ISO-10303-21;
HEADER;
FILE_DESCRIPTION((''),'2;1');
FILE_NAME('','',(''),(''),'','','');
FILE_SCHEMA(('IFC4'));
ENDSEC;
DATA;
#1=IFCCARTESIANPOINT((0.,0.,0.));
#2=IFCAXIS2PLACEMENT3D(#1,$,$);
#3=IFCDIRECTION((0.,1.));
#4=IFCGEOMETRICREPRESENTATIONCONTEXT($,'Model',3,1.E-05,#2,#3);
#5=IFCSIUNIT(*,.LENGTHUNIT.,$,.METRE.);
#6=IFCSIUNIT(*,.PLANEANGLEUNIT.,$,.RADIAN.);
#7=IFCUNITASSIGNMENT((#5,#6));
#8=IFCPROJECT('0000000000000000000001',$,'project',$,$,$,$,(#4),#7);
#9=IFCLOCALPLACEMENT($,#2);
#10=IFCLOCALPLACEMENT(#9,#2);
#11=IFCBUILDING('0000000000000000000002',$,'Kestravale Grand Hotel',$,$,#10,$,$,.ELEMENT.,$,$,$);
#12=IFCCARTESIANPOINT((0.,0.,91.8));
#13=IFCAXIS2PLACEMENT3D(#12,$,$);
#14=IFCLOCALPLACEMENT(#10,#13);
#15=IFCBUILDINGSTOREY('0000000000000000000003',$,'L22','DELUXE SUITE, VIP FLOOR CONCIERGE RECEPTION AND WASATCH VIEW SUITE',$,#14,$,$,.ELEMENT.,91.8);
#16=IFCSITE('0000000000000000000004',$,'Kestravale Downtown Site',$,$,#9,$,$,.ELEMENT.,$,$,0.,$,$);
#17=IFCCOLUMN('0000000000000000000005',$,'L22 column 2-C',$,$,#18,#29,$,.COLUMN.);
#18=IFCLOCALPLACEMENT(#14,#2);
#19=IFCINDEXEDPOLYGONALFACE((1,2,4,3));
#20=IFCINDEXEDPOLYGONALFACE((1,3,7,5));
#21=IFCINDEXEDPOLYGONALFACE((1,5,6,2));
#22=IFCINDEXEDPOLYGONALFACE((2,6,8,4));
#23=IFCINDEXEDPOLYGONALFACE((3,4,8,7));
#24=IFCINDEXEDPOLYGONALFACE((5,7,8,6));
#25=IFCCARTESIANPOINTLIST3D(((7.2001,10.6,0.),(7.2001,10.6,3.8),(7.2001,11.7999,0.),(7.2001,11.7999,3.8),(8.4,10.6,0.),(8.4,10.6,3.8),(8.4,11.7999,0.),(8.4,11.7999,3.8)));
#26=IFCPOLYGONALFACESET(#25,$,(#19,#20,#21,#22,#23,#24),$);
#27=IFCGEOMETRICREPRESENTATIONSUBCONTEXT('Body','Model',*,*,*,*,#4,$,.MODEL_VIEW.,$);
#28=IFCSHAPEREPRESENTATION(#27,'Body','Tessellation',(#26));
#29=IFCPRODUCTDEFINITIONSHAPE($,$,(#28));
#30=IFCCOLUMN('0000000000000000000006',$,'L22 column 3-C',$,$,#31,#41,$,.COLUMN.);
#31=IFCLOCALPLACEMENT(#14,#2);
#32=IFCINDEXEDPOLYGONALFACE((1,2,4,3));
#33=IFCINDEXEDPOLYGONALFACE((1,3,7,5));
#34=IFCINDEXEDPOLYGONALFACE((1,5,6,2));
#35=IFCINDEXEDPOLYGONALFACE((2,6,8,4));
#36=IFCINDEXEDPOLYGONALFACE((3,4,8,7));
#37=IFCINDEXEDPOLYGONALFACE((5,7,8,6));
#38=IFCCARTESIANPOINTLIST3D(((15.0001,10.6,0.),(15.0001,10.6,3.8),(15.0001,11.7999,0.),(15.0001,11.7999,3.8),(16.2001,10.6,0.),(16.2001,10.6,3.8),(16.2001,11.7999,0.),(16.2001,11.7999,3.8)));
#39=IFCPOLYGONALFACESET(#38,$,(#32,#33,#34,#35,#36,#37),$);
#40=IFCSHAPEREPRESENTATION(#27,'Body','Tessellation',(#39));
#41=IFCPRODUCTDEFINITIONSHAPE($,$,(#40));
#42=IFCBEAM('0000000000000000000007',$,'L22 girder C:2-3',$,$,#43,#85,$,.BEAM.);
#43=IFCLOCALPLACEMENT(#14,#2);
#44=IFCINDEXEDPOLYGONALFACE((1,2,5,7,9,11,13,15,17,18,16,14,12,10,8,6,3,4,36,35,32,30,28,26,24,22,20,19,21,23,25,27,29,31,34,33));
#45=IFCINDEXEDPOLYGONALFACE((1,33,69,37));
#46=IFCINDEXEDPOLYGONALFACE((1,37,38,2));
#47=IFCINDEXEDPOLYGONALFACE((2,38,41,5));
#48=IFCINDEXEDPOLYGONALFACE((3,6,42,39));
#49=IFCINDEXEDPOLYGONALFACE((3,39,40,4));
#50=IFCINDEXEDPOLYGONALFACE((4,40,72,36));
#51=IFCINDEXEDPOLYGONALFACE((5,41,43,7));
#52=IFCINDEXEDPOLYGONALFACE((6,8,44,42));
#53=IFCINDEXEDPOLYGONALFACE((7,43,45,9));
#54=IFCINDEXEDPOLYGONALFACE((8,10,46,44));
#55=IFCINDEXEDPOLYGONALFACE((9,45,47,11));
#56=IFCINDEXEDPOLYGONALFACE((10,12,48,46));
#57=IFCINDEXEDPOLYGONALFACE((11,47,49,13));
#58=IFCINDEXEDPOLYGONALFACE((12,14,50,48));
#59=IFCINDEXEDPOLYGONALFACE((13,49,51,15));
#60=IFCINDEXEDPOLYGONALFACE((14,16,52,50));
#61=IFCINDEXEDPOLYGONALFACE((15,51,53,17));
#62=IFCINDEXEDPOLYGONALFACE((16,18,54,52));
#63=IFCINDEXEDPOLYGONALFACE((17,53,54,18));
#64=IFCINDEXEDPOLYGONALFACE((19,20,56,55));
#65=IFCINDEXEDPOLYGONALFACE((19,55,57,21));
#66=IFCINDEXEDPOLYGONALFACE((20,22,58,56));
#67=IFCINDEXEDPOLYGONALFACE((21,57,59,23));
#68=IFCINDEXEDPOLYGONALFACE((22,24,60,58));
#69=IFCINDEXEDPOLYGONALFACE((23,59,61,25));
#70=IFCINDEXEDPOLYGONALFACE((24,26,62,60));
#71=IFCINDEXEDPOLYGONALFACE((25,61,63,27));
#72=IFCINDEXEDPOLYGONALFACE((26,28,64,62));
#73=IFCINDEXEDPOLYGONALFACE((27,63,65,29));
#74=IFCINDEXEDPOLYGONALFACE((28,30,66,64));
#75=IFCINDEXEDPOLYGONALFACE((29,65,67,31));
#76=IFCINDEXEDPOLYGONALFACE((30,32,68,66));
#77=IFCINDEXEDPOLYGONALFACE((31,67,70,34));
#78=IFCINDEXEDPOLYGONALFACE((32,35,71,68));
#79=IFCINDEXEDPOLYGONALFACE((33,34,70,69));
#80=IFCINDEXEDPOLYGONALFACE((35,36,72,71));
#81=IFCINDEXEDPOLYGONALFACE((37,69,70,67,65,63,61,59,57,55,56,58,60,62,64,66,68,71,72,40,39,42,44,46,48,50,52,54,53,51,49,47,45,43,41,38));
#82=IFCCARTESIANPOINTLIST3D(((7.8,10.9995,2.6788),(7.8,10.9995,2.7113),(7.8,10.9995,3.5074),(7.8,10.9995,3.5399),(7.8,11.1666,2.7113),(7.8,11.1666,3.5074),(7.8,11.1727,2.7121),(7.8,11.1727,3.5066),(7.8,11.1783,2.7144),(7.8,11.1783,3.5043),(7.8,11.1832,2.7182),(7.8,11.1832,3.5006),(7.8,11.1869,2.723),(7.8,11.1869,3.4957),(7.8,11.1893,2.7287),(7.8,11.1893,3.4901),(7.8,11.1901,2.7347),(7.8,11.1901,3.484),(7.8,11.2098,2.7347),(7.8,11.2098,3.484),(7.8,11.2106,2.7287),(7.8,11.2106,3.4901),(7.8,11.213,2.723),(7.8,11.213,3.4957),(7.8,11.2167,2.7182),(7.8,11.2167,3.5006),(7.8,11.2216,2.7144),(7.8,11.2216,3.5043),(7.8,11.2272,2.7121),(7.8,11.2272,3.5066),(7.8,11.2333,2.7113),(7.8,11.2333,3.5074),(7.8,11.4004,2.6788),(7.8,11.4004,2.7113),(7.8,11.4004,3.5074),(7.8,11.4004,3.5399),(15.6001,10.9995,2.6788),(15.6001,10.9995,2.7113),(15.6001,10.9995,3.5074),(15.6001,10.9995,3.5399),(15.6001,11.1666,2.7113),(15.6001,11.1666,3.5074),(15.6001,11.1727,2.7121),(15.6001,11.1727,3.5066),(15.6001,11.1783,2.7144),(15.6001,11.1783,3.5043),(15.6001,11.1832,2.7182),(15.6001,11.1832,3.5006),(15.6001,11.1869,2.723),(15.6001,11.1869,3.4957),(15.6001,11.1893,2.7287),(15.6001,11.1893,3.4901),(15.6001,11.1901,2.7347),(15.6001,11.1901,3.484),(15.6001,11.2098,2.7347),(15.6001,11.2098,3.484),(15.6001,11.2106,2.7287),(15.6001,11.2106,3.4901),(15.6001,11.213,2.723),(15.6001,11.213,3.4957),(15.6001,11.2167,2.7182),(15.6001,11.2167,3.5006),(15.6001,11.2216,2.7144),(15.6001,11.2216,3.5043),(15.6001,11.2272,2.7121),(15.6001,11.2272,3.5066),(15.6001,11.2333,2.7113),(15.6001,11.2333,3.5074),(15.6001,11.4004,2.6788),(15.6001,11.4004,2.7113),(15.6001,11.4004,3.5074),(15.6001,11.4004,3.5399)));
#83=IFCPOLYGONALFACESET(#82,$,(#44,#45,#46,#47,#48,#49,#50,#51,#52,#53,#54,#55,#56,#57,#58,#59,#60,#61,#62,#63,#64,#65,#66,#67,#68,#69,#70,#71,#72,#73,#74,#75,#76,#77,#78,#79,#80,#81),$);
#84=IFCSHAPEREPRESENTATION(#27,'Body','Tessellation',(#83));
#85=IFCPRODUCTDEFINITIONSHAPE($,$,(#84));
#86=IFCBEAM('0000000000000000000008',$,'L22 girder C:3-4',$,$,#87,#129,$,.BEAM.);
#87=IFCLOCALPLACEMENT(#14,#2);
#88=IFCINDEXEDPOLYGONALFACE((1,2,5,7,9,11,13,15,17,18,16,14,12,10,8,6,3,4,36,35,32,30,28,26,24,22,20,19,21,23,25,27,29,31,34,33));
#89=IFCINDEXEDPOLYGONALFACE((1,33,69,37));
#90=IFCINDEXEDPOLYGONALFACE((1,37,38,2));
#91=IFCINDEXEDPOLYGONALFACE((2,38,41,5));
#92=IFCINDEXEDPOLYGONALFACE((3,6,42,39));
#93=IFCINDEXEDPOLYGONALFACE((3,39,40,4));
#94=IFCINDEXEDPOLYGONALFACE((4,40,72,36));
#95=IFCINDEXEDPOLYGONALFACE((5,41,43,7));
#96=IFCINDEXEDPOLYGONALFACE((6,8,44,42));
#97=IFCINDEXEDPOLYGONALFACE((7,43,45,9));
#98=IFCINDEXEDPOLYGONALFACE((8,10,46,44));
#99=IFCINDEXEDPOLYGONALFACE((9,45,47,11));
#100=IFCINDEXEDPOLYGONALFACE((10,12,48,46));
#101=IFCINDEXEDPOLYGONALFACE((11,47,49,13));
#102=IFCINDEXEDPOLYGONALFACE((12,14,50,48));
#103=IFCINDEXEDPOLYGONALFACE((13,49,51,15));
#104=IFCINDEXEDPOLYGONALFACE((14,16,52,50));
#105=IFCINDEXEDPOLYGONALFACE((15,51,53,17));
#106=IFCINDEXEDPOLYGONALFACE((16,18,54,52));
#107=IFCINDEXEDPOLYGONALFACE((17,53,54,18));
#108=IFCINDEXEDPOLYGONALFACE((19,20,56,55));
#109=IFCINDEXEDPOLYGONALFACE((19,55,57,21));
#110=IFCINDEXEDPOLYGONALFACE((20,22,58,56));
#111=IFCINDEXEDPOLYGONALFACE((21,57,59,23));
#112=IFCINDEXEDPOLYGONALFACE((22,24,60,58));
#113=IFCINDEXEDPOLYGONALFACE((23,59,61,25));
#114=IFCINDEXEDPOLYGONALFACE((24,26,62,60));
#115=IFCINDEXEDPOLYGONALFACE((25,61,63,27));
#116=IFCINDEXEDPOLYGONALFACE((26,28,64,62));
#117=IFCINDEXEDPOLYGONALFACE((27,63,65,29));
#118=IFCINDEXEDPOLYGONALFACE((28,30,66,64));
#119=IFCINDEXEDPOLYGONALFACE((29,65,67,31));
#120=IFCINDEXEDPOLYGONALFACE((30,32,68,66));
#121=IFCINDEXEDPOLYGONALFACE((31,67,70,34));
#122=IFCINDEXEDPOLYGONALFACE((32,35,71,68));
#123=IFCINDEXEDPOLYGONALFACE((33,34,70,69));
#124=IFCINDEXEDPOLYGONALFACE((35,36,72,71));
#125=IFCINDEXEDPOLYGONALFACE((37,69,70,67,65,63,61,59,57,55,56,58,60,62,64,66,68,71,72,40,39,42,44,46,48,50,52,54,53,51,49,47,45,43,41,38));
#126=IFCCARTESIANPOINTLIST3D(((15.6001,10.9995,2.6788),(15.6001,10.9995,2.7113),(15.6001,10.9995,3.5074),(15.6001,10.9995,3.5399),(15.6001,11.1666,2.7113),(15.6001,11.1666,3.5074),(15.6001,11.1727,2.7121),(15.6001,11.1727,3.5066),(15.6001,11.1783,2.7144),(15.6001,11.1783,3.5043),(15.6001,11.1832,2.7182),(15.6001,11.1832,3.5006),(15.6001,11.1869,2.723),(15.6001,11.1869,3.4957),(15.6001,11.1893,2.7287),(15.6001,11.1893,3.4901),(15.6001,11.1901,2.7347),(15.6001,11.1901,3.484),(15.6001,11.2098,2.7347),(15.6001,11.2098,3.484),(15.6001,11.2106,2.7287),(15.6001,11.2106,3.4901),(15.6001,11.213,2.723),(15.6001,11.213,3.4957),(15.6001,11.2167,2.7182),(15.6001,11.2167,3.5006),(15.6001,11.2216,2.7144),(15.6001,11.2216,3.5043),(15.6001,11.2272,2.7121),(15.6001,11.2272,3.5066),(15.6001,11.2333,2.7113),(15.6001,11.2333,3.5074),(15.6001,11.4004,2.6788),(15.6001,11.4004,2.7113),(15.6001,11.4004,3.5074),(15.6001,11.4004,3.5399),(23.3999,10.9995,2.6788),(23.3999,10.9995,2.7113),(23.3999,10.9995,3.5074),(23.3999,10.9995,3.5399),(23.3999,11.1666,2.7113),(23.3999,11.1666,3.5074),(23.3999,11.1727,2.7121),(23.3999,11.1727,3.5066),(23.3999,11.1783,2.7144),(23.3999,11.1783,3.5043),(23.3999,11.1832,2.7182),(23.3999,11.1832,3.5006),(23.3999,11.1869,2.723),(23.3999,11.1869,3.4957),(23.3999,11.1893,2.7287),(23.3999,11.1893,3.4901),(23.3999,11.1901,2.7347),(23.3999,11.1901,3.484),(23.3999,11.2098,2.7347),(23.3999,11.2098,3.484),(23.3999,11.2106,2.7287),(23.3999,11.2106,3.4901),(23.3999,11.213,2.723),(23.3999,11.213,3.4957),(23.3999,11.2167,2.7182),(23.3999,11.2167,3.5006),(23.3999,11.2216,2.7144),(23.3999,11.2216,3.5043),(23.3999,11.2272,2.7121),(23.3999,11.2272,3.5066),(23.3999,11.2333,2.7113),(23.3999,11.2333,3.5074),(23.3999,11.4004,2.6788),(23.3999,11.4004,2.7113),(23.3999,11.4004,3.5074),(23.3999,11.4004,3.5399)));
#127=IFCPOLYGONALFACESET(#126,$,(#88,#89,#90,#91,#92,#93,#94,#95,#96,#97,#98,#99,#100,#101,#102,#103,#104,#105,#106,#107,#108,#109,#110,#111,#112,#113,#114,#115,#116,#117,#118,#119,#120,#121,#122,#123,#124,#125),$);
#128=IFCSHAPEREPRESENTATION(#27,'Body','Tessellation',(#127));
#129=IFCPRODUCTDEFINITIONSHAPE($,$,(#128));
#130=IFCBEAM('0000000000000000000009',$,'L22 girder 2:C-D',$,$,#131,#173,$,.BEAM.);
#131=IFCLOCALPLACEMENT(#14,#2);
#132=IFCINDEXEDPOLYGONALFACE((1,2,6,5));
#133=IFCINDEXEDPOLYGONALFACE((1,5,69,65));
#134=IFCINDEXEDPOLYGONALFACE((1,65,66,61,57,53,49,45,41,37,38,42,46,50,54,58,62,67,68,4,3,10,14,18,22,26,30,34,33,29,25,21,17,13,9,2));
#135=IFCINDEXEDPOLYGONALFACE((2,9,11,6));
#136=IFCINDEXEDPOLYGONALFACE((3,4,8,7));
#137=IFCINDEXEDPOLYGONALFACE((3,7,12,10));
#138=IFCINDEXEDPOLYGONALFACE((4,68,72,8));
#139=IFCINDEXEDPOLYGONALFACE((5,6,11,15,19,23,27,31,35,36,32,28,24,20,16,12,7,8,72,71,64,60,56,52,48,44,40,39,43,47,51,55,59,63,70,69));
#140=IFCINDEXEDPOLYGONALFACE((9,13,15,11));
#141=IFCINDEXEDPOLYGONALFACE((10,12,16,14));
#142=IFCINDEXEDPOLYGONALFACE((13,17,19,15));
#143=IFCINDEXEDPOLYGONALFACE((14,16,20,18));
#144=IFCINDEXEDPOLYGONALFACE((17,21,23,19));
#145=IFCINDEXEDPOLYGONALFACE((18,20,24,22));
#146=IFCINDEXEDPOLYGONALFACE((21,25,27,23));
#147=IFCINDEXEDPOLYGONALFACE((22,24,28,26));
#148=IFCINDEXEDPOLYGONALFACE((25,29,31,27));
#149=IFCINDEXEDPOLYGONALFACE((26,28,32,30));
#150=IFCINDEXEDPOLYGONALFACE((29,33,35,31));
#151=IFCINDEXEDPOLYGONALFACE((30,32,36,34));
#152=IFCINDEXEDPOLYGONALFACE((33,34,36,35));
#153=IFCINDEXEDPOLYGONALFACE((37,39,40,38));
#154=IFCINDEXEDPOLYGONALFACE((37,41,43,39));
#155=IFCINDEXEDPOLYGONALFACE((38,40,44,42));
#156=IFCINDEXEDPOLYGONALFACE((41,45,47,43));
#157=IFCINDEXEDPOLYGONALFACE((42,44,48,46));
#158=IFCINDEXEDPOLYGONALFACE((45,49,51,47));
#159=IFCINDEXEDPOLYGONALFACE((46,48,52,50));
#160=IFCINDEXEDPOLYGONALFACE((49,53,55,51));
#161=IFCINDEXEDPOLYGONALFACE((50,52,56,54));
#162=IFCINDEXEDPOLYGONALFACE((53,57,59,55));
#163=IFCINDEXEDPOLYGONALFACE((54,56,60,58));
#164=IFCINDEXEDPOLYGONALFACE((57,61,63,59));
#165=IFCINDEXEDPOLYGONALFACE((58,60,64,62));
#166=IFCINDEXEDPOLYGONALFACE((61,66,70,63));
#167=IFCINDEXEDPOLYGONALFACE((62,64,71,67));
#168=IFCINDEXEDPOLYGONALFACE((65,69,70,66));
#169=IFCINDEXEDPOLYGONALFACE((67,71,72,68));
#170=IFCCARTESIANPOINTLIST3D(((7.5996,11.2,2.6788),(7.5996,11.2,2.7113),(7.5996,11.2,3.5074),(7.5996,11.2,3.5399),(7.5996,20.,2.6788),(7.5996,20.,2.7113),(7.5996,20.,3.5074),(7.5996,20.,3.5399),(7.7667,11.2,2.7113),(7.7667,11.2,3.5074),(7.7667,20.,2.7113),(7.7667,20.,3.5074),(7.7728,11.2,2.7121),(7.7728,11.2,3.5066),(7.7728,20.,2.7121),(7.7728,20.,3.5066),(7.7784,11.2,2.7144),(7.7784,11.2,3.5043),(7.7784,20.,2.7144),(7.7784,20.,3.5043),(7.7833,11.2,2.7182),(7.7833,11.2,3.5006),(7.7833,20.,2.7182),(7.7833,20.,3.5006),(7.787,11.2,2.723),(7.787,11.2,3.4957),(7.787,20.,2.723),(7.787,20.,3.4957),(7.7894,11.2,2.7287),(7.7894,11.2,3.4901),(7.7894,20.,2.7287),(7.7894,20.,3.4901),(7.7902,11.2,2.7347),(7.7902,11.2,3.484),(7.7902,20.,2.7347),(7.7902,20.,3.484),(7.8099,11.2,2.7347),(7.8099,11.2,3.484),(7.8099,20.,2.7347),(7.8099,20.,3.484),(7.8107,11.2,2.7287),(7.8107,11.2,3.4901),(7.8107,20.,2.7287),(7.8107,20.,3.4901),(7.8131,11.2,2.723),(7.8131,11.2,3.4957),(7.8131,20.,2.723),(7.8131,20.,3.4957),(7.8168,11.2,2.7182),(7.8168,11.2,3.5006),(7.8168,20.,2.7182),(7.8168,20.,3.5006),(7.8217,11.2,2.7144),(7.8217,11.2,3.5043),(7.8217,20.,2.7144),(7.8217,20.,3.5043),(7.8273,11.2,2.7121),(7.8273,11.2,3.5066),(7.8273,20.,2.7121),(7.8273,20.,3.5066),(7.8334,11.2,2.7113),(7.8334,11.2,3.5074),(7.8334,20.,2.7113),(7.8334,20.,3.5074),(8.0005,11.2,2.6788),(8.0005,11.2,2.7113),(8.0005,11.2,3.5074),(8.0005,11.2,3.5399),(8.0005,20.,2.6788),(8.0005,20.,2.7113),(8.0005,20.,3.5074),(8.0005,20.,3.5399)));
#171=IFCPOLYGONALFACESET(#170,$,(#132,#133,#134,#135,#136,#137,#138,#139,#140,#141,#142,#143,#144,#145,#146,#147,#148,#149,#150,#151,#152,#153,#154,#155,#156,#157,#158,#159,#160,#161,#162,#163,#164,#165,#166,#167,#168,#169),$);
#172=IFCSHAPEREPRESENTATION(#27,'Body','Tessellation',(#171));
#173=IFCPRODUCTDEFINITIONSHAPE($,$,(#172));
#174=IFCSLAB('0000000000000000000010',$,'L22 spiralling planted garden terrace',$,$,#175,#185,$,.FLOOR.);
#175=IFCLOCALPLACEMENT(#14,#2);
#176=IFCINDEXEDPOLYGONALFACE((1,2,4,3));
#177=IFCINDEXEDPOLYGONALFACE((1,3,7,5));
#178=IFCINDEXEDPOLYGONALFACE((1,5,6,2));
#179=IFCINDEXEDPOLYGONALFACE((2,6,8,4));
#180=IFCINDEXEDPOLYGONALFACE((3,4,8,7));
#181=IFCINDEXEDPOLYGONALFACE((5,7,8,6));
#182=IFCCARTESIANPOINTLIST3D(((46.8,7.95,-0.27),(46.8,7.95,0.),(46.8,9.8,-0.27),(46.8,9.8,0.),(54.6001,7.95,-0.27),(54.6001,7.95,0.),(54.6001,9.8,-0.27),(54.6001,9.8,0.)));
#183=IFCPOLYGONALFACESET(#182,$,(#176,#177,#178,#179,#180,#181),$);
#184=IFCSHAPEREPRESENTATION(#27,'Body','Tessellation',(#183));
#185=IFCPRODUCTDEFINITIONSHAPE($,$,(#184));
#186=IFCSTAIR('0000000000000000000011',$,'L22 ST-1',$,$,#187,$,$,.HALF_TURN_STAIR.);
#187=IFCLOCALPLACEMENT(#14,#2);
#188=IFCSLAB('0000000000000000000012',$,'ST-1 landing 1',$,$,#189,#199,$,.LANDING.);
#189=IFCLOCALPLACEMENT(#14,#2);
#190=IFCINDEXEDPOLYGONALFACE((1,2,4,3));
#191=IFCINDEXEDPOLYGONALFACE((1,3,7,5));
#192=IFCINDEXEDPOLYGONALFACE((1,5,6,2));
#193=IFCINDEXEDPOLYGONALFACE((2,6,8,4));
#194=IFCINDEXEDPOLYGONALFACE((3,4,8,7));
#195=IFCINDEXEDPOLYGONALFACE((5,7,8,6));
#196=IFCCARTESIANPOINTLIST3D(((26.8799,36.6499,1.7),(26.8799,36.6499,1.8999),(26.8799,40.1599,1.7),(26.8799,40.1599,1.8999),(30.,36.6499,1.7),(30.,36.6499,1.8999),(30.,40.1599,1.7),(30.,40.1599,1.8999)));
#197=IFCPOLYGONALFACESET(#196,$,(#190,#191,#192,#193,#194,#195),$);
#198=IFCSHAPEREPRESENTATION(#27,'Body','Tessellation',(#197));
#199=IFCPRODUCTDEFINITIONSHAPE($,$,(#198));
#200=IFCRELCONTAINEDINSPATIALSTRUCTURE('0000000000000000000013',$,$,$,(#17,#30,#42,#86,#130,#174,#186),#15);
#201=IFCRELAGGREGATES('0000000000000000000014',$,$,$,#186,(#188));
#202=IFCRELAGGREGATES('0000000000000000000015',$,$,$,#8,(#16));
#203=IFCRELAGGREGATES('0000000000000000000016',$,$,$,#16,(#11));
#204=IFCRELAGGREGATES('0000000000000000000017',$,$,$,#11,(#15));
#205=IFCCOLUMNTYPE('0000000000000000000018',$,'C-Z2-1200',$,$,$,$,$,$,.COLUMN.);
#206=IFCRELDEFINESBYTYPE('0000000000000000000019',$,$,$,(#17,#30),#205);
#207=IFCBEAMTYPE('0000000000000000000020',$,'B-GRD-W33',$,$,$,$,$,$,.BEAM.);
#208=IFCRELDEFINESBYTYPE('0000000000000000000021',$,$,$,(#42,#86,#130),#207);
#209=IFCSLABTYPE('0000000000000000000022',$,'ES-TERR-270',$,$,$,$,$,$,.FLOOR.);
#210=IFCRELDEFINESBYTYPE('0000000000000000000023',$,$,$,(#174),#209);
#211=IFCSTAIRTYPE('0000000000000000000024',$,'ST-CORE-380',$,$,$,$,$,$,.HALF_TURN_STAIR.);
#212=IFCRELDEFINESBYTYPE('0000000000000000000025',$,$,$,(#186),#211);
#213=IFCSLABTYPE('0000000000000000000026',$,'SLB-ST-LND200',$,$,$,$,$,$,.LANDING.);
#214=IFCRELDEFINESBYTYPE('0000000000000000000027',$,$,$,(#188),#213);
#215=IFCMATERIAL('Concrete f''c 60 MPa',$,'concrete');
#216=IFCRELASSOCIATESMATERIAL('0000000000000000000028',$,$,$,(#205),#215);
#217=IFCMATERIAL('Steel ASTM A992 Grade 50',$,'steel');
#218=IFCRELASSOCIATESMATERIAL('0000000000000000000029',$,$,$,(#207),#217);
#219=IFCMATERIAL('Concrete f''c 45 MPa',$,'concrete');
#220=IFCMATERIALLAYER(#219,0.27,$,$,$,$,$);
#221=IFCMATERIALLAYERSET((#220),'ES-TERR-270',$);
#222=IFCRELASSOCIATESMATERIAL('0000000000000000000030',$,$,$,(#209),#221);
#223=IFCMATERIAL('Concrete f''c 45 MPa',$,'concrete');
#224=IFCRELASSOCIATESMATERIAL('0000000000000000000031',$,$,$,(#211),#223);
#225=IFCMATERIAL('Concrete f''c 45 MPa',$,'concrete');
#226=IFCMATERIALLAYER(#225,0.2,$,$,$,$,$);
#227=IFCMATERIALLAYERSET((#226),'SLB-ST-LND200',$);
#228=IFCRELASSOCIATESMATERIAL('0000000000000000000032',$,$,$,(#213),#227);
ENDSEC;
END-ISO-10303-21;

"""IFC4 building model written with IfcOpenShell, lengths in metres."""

from ifc_helpers import new_model, si_unit, direction, frame, origin, origin_2d, place, context, subcontext, project, spatial, polyline, rectangle, i_section, outline, extrude, material, layer, layer_set, material_profile, profile_set, type_object, element, aggregate, save


model = new_model("IFC4")

# Units and contexts
model_context = context("Model", 3, precision=1e-05, world=origin(), true_north=direction((0.0, 1.0)))
body_context = subcontext(model_context, "Body", "Model", "MODEL_VIEW")
ifc_project = project(units=[si_unit("LENGTHUNIT", "METRE"), si_unit("PLANEANGLEUNIT", "RADIAN")], contexts=[model_context])

# Site, building, storey
site_placement = place(None, origin())
site = spatial("IfcSite", under=ifc_project, at=site_placement, Name="Kestravale Downtown Site", CompositionType="ELEMENT", RefElevation=0.0)
building_placement = place(site_placement, origin())
building = spatial("IfcBuilding", under=site, at=building_placement, Name="Kestravale Grand Hotel", CompositionType="ELEMENT")
storey_placement = place(building_placement, frame((0.0, 0.0, 91.8)))
storey = spatial("IfcBuildingStorey", under=building, at=storey_placement, Name="L22", Description="DELUXE SUITE, VIP FLOOR CONCIERGE RECEPTION AND WASATCH VIEW SUITE", CompositionType="ELEMENT", Elevation=91.8)

# Columns
ifc_material_1 = material(Name="Concrete f'c 60 MPa", Category="concrete")
ifc_material_profile_1 = material_profile(ifc_material_1, rectangle(XDim=1.2, YDim=1.2, at=origin_2d()))
ifc_profile_set_1 = profile_set([ifc_material_profile_1], Name="Concrete f'c 60 MPa")
column_type = type_object("IfcColumnType", Name="C-Z2-1200", PredefinedType="COLUMN", material=ifc_profile_set_1)
for number, where, z_axis, x_axis, name in (
    (1, (7.8, 11.2, 0.0), (0.0, 0.0, 1.0), (1.0, 0.0, 0.0), "L22 column 2-C"),
    (2, (15.6001, 11.2, 0.0), (0.0, 0.0, 1.0), (1.0, 0.0, 0.0), "L22 column 3-C"),
):
    element("IfcColumn", number, at=place(storey_placement, frame(where, z_axis=z_axis, x_axis=x_axis)), inside=storey, type_object=column_type, Name=name, PredefinedType="COLUMN", context=body_context, shape_type="SweptSolid", body=[
        extrude(rectangle(XDim=1.2, YDim=1.2, at=origin_2d()), origin(), (0.0, 0.0, 1.0), 3.8),
    ])

# Beams
ifc_material_2 = material(Name="Steel ASTM A992 Grade 50", Category="steel")
ifc_material_profile_2 = material_profile(ifc_material_2, i_section(OverallWidth=0.4009, OverallDepth=0.8611, WebThickness=0.0198, FlangeThickness=0.0325, FilletRadius=0.0234, at=origin_2d()))
ifc_profile_set_2 = profile_set([ifc_material_profile_2], Name="Steel ASTM A992 Grade 50")
beam_type = type_object("IfcBeamType", Name="B-GRD-W33", PredefinedType="BEAM", material=ifc_profile_set_2)
beam_1_placement = place(storey_placement, frame((7.8, 11.2, 3.1094), z_axis=(1.0, 0.0, 0.0), x_axis=(0.0, 1.0, 0.0)))
element("IfcBeam", 3, at=beam_1_placement, inside=storey, type_object=beam_type, Name="L22 girder C:2-3", PredefinedType="BEAM", context=body_context, shape_type="SweptSolid", body=[
    extrude(i_section(OverallWidth=0.4009, OverallDepth=0.8611, WebThickness=0.0198, FlangeThickness=0.0325, FilletRadius=0.0234, at=origin_2d()), origin(), (0.0, 0.0, 1.0), 7.8),
])
beam_2_placement = place(storey_placement, frame((15.6001, 11.2, 3.1094), z_axis=(1.0, 0.0, 0.0), x_axis=(0.0, 1.0, 0.0)))
element("IfcBeam", 4, at=beam_2_placement, inside=storey, type_object=beam_type, Name="L22 girder C:3-4", PredefinedType="BEAM", context=body_context, shape_type="SweptSolid", body=[
    extrude(i_section(OverallWidth=0.4009, OverallDepth=0.8611, WebThickness=0.0198, FlangeThickness=0.0325, FilletRadius=0.0234, at=origin_2d()), origin(), (0.0, 0.0, 1.0), 7.7998),
])
beam_3_placement = place(storey_placement, frame((7.8, 11.2, 3.1094), z_axis=(0.0, 1.0, 0.0), x_axis=(-1.0, 0.0, 0.0)))
element("IfcBeam", 5, at=beam_3_placement, inside=storey, type_object=beam_type, Name="L22 girder 2:C-D", PredefinedType="BEAM", context=body_context, shape_type="SweptSolid", body=[
    extrude(i_section(OverallWidth=0.4009, OverallDepth=0.8611, WebThickness=0.0198, FlangeThickness=0.0325, FilletRadius=0.0234, at=origin_2d()), origin(), (0.0, 0.0, 1.0), 8.8),
])

# Slab
ifc_material_3 = material(Name="Concrete f'c 45 MPa", Category="concrete")
ifc_layer_1 = layer(ifc_material_3, 0.27)
ifc_layer_set_1 = layer_set([ifc_layer_1], Name="ES-TERR-270")
slab_type_1 = type_object("IfcSlabType", Name="ES-TERR-270", PredefinedType="FLOOR", material=ifc_layer_set_1)
slab_1_placement = place(storey_placement, frame((0.0, 0.0, -0.27)))
element("IfcSlab", 6, at=slab_1_placement, inside=storey, type_object=slab_type_1, Name="L22 spiralling planted garden terrace", PredefinedType="FLOOR", context=body_context, shape_type="SweptSolid", body=[
    extrude(outline(polyline([(46.8, 7.95), (54.6001, 7.95), (54.6001, 9.8), (46.8, 9.8), (46.8, 7.95)])), origin(), (0.0, 0.0, 1.0), 0.27),
])

# Stair, slab
ifc_material_4 = material(Name="Concrete f'c 45 MPa", Category="concrete")
stair_type = type_object("IfcStairType", Name="ST-CORE-380", PredefinedType="HALF_TURN_STAIR", material=ifc_material_4)
stair_1_placement = place(storey_placement, origin())
stair_1 = element("IfcStair", 7, at=stair_1_placement, inside=storey, type_object=stair_type, Name="L22 ST-1", PredefinedType="HALF_TURN_STAIR")
ifc_material_5 = material(Name="Concrete f'c 45 MPa", Category="concrete")
ifc_layer_2 = layer(ifc_material_5, 0.2)
ifc_layer_set_2 = layer_set([ifc_layer_2], Name="SLB-ST-LND200")
slab_type_2 = type_object("IfcSlabType", Name="SLB-ST-LND200", PredefinedType="LANDING", material=ifc_layer_set_2)
slab_2_placement = place(storey_placement, frame((0.0, 0.0, 1.7)))
slab_2 = element("IfcSlab", 8, at=slab_2_placement, type_object=slab_type_2, Name="ST-1 landing 1", PredefinedType="LANDING", context=body_context, shape_type="SweptSolid", body=[
    extrude(outline(polyline([(26.8799, 36.6499), (30.0, 36.6499), (30.0, 40.1599), (26.8799, 40.1599), (26.8799, 36.6499)])), origin(), (0.0, 0.0, 1.0), 0.2),
])
aggregate(stair_1, [slab_2])

save(model, "model.ifc")
